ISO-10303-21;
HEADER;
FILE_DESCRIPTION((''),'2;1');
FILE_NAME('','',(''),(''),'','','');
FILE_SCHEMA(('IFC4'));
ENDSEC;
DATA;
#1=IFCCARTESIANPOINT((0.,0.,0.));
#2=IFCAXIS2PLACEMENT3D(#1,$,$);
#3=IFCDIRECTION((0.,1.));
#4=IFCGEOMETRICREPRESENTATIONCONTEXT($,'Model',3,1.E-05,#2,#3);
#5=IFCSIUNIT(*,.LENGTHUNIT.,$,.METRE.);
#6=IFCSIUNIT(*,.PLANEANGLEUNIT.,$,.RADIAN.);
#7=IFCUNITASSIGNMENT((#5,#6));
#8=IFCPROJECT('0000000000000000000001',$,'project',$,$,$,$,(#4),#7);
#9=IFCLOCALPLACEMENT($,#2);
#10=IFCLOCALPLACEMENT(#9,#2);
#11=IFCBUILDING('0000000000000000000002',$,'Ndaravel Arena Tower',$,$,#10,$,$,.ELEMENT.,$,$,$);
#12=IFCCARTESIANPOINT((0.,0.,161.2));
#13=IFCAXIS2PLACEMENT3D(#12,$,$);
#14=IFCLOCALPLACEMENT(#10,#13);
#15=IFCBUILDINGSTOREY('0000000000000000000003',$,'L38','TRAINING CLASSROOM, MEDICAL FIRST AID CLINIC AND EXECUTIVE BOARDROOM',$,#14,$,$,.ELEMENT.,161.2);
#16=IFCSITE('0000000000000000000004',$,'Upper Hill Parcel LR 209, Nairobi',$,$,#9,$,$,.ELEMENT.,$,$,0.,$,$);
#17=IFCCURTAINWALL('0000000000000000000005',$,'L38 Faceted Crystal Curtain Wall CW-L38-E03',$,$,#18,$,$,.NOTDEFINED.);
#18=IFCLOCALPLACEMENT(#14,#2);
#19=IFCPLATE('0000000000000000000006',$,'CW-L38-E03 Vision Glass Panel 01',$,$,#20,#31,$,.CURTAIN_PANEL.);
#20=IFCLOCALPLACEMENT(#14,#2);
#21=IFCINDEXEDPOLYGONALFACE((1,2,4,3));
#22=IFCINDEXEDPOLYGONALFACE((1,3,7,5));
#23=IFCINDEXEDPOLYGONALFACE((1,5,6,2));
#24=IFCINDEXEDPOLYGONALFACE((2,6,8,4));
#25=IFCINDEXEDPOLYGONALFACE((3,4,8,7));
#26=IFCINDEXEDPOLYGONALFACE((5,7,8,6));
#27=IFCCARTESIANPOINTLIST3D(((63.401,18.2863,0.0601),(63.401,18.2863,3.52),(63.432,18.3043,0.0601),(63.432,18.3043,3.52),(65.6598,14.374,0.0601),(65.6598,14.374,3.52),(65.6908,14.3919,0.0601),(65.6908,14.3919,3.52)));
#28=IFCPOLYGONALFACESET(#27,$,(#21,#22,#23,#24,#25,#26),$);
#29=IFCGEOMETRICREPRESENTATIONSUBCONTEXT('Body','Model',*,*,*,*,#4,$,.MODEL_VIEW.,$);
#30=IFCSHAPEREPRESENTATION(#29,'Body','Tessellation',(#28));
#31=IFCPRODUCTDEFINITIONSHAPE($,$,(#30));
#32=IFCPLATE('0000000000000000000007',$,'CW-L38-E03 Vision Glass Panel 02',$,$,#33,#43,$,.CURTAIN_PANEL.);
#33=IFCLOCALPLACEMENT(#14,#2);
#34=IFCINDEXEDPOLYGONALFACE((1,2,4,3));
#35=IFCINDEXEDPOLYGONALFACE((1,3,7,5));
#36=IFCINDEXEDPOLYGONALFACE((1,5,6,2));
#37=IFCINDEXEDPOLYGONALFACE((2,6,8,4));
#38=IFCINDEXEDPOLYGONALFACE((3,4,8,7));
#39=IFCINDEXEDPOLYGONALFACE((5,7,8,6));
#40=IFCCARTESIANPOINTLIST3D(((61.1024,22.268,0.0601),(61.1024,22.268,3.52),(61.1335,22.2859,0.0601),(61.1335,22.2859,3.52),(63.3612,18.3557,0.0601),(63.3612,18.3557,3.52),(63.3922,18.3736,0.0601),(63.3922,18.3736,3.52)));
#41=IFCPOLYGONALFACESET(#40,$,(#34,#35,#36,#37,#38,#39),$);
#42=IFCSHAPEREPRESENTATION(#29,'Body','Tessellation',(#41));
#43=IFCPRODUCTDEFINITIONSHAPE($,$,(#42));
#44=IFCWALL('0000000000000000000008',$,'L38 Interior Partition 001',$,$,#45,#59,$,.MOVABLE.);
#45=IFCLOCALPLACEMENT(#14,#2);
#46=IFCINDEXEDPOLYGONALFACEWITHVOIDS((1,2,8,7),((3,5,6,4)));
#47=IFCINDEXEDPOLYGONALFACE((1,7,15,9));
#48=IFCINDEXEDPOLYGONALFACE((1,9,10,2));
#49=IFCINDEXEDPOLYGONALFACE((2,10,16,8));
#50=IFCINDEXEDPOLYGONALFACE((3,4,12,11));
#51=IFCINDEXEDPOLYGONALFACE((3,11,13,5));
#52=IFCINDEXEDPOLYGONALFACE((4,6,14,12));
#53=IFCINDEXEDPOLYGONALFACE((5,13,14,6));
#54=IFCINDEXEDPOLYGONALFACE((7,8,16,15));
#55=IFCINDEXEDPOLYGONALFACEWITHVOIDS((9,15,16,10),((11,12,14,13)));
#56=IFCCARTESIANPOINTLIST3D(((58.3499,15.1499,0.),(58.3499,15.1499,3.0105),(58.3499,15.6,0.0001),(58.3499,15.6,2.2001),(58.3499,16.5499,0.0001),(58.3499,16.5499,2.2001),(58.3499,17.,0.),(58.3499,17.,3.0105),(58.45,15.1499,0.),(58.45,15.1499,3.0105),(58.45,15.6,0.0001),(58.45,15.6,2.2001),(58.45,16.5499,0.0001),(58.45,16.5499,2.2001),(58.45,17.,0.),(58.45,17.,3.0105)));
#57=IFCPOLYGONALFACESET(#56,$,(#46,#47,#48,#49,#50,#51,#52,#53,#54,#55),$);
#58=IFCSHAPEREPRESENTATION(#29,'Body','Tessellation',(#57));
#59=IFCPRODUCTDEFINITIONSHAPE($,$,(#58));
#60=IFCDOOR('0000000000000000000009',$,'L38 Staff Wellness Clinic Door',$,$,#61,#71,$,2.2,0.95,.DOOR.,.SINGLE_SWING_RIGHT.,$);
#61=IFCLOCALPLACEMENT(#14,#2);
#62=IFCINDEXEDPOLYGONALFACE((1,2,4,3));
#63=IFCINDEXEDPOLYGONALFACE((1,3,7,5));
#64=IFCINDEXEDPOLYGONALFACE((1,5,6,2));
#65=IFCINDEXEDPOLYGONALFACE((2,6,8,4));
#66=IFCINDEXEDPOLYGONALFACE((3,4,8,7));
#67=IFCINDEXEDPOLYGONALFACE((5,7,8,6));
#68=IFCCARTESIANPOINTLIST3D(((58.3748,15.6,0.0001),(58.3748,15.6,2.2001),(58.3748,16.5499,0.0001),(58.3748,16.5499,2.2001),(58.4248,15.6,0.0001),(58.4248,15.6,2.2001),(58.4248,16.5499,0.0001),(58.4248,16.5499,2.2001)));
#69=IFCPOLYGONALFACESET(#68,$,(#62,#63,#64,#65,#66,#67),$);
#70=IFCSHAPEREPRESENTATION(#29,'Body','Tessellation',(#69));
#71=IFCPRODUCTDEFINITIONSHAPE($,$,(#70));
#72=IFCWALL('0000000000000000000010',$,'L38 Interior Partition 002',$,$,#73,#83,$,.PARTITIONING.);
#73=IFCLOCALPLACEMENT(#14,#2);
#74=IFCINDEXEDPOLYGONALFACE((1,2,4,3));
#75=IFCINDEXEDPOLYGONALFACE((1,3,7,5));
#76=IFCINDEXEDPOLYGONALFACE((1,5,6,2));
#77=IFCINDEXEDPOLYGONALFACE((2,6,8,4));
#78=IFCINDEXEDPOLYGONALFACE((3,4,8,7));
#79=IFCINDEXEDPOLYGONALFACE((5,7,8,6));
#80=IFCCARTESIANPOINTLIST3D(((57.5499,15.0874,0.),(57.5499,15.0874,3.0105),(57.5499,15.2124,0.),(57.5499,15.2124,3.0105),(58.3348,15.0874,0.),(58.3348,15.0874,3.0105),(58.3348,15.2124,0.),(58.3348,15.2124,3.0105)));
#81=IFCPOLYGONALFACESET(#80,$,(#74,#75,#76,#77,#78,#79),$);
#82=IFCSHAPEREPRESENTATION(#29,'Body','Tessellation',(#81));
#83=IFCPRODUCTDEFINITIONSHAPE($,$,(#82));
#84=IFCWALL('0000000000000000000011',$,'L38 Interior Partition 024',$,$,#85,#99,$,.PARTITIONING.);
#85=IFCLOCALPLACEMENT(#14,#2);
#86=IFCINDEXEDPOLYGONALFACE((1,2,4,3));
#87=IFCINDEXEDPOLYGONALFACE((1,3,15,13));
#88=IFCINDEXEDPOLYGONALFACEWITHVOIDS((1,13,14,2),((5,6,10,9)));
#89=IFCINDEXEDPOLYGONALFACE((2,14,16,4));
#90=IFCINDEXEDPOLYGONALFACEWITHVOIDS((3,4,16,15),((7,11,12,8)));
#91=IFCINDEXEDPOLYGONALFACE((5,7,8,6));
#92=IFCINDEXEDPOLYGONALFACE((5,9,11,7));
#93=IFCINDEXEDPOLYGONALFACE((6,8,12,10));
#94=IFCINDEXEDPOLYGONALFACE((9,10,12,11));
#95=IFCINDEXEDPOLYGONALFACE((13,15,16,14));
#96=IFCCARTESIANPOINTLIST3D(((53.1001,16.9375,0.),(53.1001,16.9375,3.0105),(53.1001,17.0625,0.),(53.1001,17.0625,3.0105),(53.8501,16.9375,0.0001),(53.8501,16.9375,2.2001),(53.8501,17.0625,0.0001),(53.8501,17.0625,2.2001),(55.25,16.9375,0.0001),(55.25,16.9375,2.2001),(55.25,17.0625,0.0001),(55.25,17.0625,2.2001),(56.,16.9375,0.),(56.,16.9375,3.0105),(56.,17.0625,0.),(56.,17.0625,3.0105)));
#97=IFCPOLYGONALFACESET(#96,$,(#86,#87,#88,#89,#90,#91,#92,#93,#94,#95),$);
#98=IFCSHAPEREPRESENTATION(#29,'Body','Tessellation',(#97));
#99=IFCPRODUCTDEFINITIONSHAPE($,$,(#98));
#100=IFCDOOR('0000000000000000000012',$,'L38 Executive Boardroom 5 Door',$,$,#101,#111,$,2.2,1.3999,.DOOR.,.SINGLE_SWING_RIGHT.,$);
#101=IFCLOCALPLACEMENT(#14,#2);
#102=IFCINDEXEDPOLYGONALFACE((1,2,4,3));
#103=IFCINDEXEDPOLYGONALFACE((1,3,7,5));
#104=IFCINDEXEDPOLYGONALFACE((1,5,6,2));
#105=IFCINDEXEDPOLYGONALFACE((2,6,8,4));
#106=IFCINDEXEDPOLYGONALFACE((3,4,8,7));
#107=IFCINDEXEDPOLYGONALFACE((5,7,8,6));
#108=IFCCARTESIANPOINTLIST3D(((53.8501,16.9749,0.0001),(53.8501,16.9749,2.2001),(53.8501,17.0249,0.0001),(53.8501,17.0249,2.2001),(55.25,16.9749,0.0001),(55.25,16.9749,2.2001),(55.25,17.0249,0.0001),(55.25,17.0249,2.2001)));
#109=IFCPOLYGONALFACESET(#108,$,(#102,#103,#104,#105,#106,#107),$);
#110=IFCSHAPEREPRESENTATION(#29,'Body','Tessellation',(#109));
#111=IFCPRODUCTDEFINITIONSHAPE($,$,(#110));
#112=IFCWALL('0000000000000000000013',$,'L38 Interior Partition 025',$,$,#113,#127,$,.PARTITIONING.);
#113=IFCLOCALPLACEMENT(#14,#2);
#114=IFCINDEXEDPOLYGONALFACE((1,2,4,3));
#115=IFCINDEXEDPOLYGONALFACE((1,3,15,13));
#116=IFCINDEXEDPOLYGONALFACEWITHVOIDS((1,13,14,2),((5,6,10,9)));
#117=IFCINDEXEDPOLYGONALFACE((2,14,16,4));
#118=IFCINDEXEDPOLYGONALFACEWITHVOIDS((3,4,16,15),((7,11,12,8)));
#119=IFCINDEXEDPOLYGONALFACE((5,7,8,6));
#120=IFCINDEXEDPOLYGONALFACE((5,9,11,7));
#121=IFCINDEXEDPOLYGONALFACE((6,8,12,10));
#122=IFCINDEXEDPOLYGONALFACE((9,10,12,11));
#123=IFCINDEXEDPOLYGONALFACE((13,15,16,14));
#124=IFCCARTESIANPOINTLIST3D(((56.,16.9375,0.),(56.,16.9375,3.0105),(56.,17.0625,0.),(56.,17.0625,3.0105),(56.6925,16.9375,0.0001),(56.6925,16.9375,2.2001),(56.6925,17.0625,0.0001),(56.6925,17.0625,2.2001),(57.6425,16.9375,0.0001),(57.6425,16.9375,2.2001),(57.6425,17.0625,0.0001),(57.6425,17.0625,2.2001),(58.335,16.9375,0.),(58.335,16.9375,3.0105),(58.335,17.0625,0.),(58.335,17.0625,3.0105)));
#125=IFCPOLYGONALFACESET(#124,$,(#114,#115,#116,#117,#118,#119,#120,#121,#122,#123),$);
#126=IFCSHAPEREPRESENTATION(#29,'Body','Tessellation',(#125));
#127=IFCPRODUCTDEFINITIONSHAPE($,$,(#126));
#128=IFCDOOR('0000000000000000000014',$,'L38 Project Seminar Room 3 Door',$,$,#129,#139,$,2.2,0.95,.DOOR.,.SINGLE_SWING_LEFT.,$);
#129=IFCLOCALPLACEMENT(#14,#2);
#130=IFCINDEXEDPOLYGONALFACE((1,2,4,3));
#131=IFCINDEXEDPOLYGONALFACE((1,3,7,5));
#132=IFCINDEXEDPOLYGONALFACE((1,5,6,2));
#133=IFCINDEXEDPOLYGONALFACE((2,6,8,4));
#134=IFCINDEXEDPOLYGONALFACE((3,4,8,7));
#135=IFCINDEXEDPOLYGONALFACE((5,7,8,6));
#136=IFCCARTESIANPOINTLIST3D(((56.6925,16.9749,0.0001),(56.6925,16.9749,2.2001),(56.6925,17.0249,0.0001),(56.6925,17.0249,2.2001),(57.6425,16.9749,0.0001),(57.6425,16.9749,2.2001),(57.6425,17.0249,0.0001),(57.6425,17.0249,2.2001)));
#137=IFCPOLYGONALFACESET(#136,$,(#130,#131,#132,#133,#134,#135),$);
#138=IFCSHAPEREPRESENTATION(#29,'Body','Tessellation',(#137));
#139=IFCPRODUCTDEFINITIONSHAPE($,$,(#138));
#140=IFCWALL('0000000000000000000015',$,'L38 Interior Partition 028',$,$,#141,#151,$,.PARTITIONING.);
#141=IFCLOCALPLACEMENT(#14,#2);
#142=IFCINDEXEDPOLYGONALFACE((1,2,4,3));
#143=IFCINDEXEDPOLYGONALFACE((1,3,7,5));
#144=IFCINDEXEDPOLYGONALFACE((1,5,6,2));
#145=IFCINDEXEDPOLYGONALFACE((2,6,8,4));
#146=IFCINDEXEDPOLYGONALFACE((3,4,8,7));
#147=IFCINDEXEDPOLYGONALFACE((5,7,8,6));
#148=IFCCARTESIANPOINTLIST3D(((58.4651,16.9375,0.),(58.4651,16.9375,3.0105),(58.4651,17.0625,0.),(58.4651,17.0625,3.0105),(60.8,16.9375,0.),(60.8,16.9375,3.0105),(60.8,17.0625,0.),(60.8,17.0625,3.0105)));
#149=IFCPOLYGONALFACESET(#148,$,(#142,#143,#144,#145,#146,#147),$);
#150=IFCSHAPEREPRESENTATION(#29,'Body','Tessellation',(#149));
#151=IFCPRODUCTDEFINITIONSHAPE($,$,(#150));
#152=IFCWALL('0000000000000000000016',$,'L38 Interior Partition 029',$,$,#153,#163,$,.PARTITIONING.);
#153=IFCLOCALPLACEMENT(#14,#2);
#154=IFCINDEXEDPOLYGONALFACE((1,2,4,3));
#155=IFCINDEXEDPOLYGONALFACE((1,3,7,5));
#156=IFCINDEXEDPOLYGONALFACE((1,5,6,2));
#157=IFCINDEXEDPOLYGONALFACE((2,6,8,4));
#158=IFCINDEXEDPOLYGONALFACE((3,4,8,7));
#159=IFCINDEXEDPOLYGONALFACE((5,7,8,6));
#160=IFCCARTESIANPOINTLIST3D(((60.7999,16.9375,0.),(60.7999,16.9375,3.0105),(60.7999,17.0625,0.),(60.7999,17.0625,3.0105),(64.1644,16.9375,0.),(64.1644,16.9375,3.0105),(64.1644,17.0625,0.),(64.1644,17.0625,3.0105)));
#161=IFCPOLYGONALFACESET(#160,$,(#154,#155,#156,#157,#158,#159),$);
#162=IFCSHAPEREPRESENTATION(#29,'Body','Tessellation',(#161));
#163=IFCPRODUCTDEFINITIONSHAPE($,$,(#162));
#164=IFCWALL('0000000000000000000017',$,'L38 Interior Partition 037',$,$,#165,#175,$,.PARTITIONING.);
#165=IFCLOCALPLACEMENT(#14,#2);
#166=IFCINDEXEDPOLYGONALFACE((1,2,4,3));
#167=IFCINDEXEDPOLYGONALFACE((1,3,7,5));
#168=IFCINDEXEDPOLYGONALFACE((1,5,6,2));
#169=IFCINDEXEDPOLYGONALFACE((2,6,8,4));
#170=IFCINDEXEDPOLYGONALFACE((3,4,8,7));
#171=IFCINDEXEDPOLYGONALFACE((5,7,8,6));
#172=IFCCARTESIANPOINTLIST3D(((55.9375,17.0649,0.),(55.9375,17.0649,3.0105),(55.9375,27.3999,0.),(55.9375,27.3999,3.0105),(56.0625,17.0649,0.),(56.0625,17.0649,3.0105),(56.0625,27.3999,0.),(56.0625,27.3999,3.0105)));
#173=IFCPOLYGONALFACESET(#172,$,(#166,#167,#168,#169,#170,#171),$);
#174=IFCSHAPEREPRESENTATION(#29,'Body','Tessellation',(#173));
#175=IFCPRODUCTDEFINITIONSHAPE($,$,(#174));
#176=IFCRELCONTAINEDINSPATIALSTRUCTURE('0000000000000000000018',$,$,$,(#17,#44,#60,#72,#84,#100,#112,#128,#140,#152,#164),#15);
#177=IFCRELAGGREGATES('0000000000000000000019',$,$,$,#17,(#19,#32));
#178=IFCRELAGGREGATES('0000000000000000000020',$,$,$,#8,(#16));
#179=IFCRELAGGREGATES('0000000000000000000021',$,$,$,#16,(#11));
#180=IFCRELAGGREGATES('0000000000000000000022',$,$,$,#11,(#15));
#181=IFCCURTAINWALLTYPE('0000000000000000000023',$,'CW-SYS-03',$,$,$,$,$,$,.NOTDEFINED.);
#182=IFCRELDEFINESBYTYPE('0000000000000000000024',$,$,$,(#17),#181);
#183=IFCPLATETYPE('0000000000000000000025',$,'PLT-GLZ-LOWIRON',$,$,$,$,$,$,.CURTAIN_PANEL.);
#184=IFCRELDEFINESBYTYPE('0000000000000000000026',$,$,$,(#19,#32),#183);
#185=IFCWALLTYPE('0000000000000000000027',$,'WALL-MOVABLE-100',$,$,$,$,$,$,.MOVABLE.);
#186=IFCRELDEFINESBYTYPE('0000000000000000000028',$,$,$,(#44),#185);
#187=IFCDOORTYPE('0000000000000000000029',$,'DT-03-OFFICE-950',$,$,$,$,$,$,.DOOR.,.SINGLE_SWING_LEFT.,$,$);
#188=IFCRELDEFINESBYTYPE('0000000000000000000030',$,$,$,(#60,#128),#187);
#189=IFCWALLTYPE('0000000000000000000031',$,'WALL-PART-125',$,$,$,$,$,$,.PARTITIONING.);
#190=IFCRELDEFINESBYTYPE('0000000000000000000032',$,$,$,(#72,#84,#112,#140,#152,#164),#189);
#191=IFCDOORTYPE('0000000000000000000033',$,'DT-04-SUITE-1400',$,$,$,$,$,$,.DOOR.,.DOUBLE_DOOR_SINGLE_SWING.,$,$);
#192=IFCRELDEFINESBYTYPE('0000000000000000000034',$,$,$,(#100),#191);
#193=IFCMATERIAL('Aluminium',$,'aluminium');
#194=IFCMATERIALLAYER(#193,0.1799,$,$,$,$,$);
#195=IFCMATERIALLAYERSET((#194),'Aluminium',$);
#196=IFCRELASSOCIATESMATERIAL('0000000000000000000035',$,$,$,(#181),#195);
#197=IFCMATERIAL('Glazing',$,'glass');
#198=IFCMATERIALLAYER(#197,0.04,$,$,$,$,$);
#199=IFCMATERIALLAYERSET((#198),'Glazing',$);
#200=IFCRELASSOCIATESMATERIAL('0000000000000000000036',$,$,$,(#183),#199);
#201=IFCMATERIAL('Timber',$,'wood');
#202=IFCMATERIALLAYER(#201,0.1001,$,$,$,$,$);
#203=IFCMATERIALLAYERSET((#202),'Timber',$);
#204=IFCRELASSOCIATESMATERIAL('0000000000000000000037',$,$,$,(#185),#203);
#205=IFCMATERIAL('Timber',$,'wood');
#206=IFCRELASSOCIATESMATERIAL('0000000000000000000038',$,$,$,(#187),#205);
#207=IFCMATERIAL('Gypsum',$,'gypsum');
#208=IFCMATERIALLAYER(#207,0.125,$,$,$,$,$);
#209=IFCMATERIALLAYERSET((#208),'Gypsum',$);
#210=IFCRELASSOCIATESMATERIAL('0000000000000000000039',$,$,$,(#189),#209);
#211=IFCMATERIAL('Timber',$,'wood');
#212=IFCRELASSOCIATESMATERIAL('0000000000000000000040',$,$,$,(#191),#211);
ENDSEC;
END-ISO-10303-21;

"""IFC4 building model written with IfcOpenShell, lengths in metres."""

from ifc_helpers import new_model, si_unit, direction, frame, frame_2d, origin, origin_2d, place, context, subcontext, project, spatial, rectangle, extrude, material, layer, layer_set, type_object, element, fill, aggregate, save


model = new_model("IFC4")

# Units and contexts
model_context = context("Model", 3, precision=1e-05, world=origin(), true_north=direction((0.0, 1.0)))
body_context = subcontext(model_context, "Body", "Model", "MODEL_VIEW")
ifc_project = project(units=[si_unit("LENGTHUNIT", "METRE"), si_unit("PLANEANGLEUNIT", "RADIAN")], contexts=[model_context])

# Site, building, storey
site_placement = place(None, origin())
site = spatial("IfcSite", under=ifc_project, at=site_placement, Name="Upper Hill Parcel LR 209, Nairobi", CompositionType="ELEMENT", RefElevation=0.0)
building_placement = place(site_placement, origin())
building = spatial("IfcBuilding", under=site, at=building_placement, Name="Ndaravel Arena Tower", CompositionType="ELEMENT")
storey_placement = place(building_placement, frame((0.0, 0.0, 161.2)))
storey = spatial("IfcBuildingStorey", under=building, at=storey_placement, Name="L38", Description="TRAINING CLASSROOM, MEDICAL FIRST AID CLINIC AND EXECUTIVE BOARDROOM", CompositionType="ELEMENT", Elevation=161.2)

# Curtain wall, plates
ifc_material_1 = material(Name="Aluminium", Category="aluminium")
ifc_layer_1 = layer(ifc_material_1, 0.1799)
ifc_layer_set_1 = layer_set([ifc_layer_1], Name="Aluminium")
curtain_wall_type = type_object("IfcCurtainWallType", Name="CW-SYS-03", PredefinedType="NOTDEFINED", material=ifc_layer_set_1)
curtain_wall_placement = place(storey_placement, origin())
curtain_wall = element("IfcCurtainWall", 1, at=curtain_wall_placement, inside=storey, type_object=curtain_wall_type, Name="L38 Faceted Crystal Curtain Wall CW-L38-E03", PredefinedType="NOTDEFINED")
ifc_material_2 = material(Name="Glazing", Category="glass")
ifc_layer_2 = layer(ifc_material_2, 0.04)
ifc_layer_set_2 = layer_set([ifc_layer_2], Name="Glazing")
plate_type = type_object("IfcPlateType", Name="PLT-GLZ-LOWIRON", PredefinedType="CURTAIN_PANEL", material=ifc_layer_set_2)
plate_1_placement = place(storey_placement, frame((64.5459, 16.3391, 0.0601), z_axis=(0.0, 0.0, 1.0), x_axis=(-0.5, 0.866025, 0.0)))
plate_1 = element("IfcPlate", 2, at=plate_1_placement, type_object=plate_type, Name="CW-L38-E03 Vision Glass Panel 01", PredefinedType="CURTAIN_PANEL", context=body_context, shape_type="SweptSolid", body=[
    extrude(rectangle(XDim=4.5176, YDim=0.0359, at=origin_2d()), origin(), (0.0, 0.0, 1.0), 3.46),
])
plate_2_placement = place(storey_placement, frame((62.2473, 20.3208, 0.0601), z_axis=(0.0, 0.0, 1.0), x_axis=(-0.5, 0.866025, 0.0)))
plate_2 = element("IfcPlate", 3, at=plate_2_placement, type_object=plate_type, Name="CW-L38-E03 Vision Glass Panel 02", PredefinedType="CURTAIN_PANEL", context=body_context, shape_type="SweptSolid", body=[
    extrude(rectangle(XDim=4.5176, YDim=0.0359, at=origin_2d()), origin(), (0.0, 0.0, 1.0), 3.46),
])
aggregate(curtain_wall, [plate_1, plate_2])

# Wall, opening, door
ifc_material_3 = material(Name="Timber", Category="wood")
ifc_layer_3 = layer(ifc_material_3, 0.1001)
ifc_layer_set_3 = layer_set([ifc_layer_3], Name="Timber")
wall_type_1 = type_object("IfcWallType", Name="WALL-MOVABLE-100", PredefinedType="MOVABLE", material=ifc_layer_set_3)
wall_1_placement = place(storey_placement, frame((58.3999, 17.0, 0.0), z_axis=(0.0, 0.0, 1.0), x_axis=(0.0, -1.0, 0.0)))
wall_1 = element("IfcWall", 4, at=wall_1_placement, inside=storey, type_object=wall_type_1, Name="L38 Interior Partition 001", PredefinedType="MOVABLE", context=body_context, shape_type="SweptSolid", body=[
    extrude(rectangle(XDim=1.8501, YDim=0.1001, at=frame_2d((0.925, 0.0))), origin(), (0.0, 0.0, 1.0), 3.0105),
])
opening_1_placement = place(wall_1_placement, frame((0.45, 0.0, 0.0)))
opening_1 = element("IfcOpeningElement", 5, at=opening_1_placement, cuts=wall_1, PredefinedType="OPENING", context=body_context, shape_type="SweptSolid", body=[
    extrude(rectangle(XDim=0.95, YDim=2.2, at=frame_2d((0.4751, 1.1001))), frame((0.0, 0.05, 0.0), z_axis=(0.0, -1.0, 0.0), x_axis=(1.0, 0.0, 0.0)), (0.0, 0.0, 1.0), 0.1001),
])
ifc_material_4 = material(Name="Timber", Category="wood")
door_type_1 = type_object("IfcDoorType", Name="DT-03-OFFICE-950", OperationType="SINGLE_SWING_LEFT", PredefinedType="DOOR", material=ifc_material_4)
door_1_placement = place(opening_1_placement, origin())
door_1 = element("IfcDoor", 6, at=door_1_placement, inside=storey, type_object=door_type_1, Name="L38 Staff Wellness Clinic Door", OperationType="SINGLE_SWING_RIGHT", OverallHeight=2.2, OverallWidth=0.95, PredefinedType="DOOR", context=body_context, shape_type="SweptSolid", body=[
    extrude(rectangle(XDim=0.95, YDim=2.2, at=frame_2d((0.4751, 1.1001))), frame((0.0, 0.0249, 0.0), z_axis=(0.0, -1.0, 0.0), x_axis=(1.0, 0.0, 0.0)), (0.0, 0.0, 1.0), 0.05),
])
fill(opening_1, door_1)

# Wall
ifc_material_5 = material(Name="Gypsum", Category="gypsum")
ifc_layer_4 = layer(ifc_material_5, 0.125)
ifc_layer_set_4 = layer_set([ifc_layer_4], Name="Gypsum")
wall_type_2 = type_object("IfcWallType", Name="WALL-PART-125", PredefinedType="PARTITIONING", material=ifc_layer_set_4)
wall_2_placement = place(storey_placement, frame((58.335, 15.1499, 0.0), z_axis=(0.0, 0.0, 1.0), x_axis=(-1.0, 0.0, 0.0)))
element("IfcWall", 7, at=wall_2_placement, inside=storey, type_object=wall_type_2, Name="L38 Interior Partition 002", PredefinedType="PARTITIONING", context=body_context, shape_type="SweptSolid", body=[
    extrude(rectangle(XDim=0.7849, YDim=0.125, at=frame_2d((0.3926, 0.0))), origin(), (0.0, 0.0, 1.0), 3.0105),
])

# Walls, openings, doors
wall_3_placement = place(storey_placement, frame((53.1001, 17.0, 0.0), z_axis=(0.0, 0.0, 1.0), x_axis=(1.0, 0.0, 0.0)))
wall_3 = element("IfcWall", 8, at=wall_3_placement, inside=storey, type_object=wall_type_2, Name="L38 Interior Partition 024", PredefinedType="PARTITIONING", context=body_context, shape_type="SweptSolid", body=[
    extrude(rectangle(XDim=2.8999, YDim=0.125, at=frame_2d((1.45, 0.0))), origin(), (0.0, 0.0, 1.0), 3.0105),
])
opening_2_placement = place(wall_3_placement, frame((0.75, 0.0, 0.0)))
opening_2 = element("IfcOpeningElement", 9, at=opening_2_placement, cuts=wall_3, PredefinedType="OPENING", context=body_context, shape_type="SweptSolid", body=[
    extrude(rectangle(XDim=1.3999, YDim=2.2, at=frame_2d((0.7, 1.1001))), frame((0.0, 0.0625, 0.0), z_axis=(0.0, -1.0, 0.0), x_axis=(1.0, 0.0, 0.0)), (0.0, 0.0, 1.0), 0.125),
])
ifc_material_6 = material(Name="Timber", Category="wood")
door_type_2 = type_object("IfcDoorType", Name="DT-04-SUITE-1400", OperationType="DOUBLE_DOOR_SINGLE_SWING", PredefinedType="DOOR", material=ifc_material_6)
door_2_placement = place(opening_2_placement, origin())
door_2 = element("IfcDoor", 10, at=door_2_placement, inside=storey, type_object=door_type_2, Name="L38 Executive Boardroom 5 Door", OperationType="SINGLE_SWING_RIGHT", OverallHeight=2.2, OverallWidth=1.3999, PredefinedType="DOOR", context=body_context, shape_type="SweptSolid", body=[
    extrude(rectangle(XDim=1.3999, YDim=2.2, at=frame_2d((0.7, 1.1001))), frame((0.0, 0.0249, 0.0), z_axis=(0.0, -1.0, 0.0), x_axis=(1.0, 0.0, 0.0)), (0.0, 0.0, 1.0), 0.05),
])
fill(opening_2, door_2)
wall_4_placement = place(storey_placement, frame((56.0, 17.0, 0.0), z_axis=(0.0, 0.0, 1.0), x_axis=(1.0, 0.0, 0.0)))
wall_4 = element("IfcWall", 11, at=wall_4_placement, inside=storey, type_object=wall_type_2, Name="L38 Interior Partition 025", PredefinedType="PARTITIONING", context=body_context, shape_type="SweptSolid", body=[
    extrude(rectangle(XDim=2.335, YDim=0.125, at=frame_2d((1.1675, 0.0))), origin(), (0.0, 0.0, 1.0), 3.0105),
])
opening_3_placement = place(wall_4_placement, frame((0.6924, 0.0, 0.0)))
opening_3 = element("IfcOpeningElement", 12, at=opening_3_placement, cuts=wall_4, PredefinedType="OPENING", context=body_context, shape_type="SweptSolid", body=[
    extrude(rectangle(XDim=0.95, YDim=2.2, at=frame_2d((0.4751, 1.1001))), frame((0.0, 0.0625, 0.0), z_axis=(0.0, -1.0, 0.0), x_axis=(1.0, 0.0, 0.0)), (0.0, 0.0, 1.0), 0.125),
])
door_3_placement = place(opening_3_placement, origin())
door_3 = element("IfcDoor", 13, at=door_3_placement, inside=storey, type_object=door_type_1, Name="L38 Project Seminar Room 3 Door", OperationType="SINGLE_SWING_LEFT", OverallHeight=2.2, OverallWidth=0.95, PredefinedType="DOOR", context=body_context, shape_type="SweptSolid", body=[
    extrude(rectangle(XDim=0.95, YDim=2.2, at=frame_2d((0.4751, 1.1001))), frame((0.0, 0.0249, 0.0), z_axis=(0.0, -1.0, 0.0), x_axis=(1.0, 0.0, 0.0)), (0.0, 0.0, 1.0), 0.05),
])
fill(opening_3, door_3)

# Walls
wall_5_placement = place(storey_placement, frame((58.4651, 17.0, 0.0), z_axis=(0.0, 0.0, 1.0), x_axis=(1.0, 0.0, 0.0)))
element("IfcWall", 14, at=wall_5_placement, inside=storey, type_object=wall_type_2, Name="L38 Interior Partition 028", PredefinedType="PARTITIONING", context=body_context, shape_type="SweptSolid", body=[
    extrude(rectangle(XDim=2.335, YDim=0.125, at=frame_2d((1.1675, 0.0))), origin(), (0.0, 0.0, 1.0), 3.0105),
])
wall_6_placement = place(storey_placement, frame((60.8, 17.0, 0.0), z_axis=(0.0, 0.0, 1.0), x_axis=(1.0, 0.0, 0.0)))
element("IfcWall", 15, at=wall_6_placement, inside=storey, type_object=wall_type_2, Name="L38 Interior Partition 029", PredefinedType="PARTITIONING", context=body_context, shape_type="SweptSolid", body=[
    extrude(rectangle(XDim=3.3645, YDim=0.125, at=frame_2d((1.6821, 0.0))), origin(), (0.0, 0.0, 1.0), 3.0105),
])
wall_7_placement = place(storey_placement, frame((56.0, 17.0649, 0.0), z_axis=(0.0, 0.0, 1.0), x_axis=(0.0, 1.0, 0.0)))
element("IfcWall", 16, at=wall_7_placement, inside=storey, type_object=wall_type_2, Name="L38 Interior Partition 037", PredefinedType="PARTITIONING", context=body_context, shape_type="SweptSolid", body=[
    extrude(rectangle(XDim=10.335, YDim=0.125, at=frame_2d((5.1675, 0.0))), origin(), (0.0, 0.0, 1.0), 3.0105),
])

save(model, "model.ifc")
